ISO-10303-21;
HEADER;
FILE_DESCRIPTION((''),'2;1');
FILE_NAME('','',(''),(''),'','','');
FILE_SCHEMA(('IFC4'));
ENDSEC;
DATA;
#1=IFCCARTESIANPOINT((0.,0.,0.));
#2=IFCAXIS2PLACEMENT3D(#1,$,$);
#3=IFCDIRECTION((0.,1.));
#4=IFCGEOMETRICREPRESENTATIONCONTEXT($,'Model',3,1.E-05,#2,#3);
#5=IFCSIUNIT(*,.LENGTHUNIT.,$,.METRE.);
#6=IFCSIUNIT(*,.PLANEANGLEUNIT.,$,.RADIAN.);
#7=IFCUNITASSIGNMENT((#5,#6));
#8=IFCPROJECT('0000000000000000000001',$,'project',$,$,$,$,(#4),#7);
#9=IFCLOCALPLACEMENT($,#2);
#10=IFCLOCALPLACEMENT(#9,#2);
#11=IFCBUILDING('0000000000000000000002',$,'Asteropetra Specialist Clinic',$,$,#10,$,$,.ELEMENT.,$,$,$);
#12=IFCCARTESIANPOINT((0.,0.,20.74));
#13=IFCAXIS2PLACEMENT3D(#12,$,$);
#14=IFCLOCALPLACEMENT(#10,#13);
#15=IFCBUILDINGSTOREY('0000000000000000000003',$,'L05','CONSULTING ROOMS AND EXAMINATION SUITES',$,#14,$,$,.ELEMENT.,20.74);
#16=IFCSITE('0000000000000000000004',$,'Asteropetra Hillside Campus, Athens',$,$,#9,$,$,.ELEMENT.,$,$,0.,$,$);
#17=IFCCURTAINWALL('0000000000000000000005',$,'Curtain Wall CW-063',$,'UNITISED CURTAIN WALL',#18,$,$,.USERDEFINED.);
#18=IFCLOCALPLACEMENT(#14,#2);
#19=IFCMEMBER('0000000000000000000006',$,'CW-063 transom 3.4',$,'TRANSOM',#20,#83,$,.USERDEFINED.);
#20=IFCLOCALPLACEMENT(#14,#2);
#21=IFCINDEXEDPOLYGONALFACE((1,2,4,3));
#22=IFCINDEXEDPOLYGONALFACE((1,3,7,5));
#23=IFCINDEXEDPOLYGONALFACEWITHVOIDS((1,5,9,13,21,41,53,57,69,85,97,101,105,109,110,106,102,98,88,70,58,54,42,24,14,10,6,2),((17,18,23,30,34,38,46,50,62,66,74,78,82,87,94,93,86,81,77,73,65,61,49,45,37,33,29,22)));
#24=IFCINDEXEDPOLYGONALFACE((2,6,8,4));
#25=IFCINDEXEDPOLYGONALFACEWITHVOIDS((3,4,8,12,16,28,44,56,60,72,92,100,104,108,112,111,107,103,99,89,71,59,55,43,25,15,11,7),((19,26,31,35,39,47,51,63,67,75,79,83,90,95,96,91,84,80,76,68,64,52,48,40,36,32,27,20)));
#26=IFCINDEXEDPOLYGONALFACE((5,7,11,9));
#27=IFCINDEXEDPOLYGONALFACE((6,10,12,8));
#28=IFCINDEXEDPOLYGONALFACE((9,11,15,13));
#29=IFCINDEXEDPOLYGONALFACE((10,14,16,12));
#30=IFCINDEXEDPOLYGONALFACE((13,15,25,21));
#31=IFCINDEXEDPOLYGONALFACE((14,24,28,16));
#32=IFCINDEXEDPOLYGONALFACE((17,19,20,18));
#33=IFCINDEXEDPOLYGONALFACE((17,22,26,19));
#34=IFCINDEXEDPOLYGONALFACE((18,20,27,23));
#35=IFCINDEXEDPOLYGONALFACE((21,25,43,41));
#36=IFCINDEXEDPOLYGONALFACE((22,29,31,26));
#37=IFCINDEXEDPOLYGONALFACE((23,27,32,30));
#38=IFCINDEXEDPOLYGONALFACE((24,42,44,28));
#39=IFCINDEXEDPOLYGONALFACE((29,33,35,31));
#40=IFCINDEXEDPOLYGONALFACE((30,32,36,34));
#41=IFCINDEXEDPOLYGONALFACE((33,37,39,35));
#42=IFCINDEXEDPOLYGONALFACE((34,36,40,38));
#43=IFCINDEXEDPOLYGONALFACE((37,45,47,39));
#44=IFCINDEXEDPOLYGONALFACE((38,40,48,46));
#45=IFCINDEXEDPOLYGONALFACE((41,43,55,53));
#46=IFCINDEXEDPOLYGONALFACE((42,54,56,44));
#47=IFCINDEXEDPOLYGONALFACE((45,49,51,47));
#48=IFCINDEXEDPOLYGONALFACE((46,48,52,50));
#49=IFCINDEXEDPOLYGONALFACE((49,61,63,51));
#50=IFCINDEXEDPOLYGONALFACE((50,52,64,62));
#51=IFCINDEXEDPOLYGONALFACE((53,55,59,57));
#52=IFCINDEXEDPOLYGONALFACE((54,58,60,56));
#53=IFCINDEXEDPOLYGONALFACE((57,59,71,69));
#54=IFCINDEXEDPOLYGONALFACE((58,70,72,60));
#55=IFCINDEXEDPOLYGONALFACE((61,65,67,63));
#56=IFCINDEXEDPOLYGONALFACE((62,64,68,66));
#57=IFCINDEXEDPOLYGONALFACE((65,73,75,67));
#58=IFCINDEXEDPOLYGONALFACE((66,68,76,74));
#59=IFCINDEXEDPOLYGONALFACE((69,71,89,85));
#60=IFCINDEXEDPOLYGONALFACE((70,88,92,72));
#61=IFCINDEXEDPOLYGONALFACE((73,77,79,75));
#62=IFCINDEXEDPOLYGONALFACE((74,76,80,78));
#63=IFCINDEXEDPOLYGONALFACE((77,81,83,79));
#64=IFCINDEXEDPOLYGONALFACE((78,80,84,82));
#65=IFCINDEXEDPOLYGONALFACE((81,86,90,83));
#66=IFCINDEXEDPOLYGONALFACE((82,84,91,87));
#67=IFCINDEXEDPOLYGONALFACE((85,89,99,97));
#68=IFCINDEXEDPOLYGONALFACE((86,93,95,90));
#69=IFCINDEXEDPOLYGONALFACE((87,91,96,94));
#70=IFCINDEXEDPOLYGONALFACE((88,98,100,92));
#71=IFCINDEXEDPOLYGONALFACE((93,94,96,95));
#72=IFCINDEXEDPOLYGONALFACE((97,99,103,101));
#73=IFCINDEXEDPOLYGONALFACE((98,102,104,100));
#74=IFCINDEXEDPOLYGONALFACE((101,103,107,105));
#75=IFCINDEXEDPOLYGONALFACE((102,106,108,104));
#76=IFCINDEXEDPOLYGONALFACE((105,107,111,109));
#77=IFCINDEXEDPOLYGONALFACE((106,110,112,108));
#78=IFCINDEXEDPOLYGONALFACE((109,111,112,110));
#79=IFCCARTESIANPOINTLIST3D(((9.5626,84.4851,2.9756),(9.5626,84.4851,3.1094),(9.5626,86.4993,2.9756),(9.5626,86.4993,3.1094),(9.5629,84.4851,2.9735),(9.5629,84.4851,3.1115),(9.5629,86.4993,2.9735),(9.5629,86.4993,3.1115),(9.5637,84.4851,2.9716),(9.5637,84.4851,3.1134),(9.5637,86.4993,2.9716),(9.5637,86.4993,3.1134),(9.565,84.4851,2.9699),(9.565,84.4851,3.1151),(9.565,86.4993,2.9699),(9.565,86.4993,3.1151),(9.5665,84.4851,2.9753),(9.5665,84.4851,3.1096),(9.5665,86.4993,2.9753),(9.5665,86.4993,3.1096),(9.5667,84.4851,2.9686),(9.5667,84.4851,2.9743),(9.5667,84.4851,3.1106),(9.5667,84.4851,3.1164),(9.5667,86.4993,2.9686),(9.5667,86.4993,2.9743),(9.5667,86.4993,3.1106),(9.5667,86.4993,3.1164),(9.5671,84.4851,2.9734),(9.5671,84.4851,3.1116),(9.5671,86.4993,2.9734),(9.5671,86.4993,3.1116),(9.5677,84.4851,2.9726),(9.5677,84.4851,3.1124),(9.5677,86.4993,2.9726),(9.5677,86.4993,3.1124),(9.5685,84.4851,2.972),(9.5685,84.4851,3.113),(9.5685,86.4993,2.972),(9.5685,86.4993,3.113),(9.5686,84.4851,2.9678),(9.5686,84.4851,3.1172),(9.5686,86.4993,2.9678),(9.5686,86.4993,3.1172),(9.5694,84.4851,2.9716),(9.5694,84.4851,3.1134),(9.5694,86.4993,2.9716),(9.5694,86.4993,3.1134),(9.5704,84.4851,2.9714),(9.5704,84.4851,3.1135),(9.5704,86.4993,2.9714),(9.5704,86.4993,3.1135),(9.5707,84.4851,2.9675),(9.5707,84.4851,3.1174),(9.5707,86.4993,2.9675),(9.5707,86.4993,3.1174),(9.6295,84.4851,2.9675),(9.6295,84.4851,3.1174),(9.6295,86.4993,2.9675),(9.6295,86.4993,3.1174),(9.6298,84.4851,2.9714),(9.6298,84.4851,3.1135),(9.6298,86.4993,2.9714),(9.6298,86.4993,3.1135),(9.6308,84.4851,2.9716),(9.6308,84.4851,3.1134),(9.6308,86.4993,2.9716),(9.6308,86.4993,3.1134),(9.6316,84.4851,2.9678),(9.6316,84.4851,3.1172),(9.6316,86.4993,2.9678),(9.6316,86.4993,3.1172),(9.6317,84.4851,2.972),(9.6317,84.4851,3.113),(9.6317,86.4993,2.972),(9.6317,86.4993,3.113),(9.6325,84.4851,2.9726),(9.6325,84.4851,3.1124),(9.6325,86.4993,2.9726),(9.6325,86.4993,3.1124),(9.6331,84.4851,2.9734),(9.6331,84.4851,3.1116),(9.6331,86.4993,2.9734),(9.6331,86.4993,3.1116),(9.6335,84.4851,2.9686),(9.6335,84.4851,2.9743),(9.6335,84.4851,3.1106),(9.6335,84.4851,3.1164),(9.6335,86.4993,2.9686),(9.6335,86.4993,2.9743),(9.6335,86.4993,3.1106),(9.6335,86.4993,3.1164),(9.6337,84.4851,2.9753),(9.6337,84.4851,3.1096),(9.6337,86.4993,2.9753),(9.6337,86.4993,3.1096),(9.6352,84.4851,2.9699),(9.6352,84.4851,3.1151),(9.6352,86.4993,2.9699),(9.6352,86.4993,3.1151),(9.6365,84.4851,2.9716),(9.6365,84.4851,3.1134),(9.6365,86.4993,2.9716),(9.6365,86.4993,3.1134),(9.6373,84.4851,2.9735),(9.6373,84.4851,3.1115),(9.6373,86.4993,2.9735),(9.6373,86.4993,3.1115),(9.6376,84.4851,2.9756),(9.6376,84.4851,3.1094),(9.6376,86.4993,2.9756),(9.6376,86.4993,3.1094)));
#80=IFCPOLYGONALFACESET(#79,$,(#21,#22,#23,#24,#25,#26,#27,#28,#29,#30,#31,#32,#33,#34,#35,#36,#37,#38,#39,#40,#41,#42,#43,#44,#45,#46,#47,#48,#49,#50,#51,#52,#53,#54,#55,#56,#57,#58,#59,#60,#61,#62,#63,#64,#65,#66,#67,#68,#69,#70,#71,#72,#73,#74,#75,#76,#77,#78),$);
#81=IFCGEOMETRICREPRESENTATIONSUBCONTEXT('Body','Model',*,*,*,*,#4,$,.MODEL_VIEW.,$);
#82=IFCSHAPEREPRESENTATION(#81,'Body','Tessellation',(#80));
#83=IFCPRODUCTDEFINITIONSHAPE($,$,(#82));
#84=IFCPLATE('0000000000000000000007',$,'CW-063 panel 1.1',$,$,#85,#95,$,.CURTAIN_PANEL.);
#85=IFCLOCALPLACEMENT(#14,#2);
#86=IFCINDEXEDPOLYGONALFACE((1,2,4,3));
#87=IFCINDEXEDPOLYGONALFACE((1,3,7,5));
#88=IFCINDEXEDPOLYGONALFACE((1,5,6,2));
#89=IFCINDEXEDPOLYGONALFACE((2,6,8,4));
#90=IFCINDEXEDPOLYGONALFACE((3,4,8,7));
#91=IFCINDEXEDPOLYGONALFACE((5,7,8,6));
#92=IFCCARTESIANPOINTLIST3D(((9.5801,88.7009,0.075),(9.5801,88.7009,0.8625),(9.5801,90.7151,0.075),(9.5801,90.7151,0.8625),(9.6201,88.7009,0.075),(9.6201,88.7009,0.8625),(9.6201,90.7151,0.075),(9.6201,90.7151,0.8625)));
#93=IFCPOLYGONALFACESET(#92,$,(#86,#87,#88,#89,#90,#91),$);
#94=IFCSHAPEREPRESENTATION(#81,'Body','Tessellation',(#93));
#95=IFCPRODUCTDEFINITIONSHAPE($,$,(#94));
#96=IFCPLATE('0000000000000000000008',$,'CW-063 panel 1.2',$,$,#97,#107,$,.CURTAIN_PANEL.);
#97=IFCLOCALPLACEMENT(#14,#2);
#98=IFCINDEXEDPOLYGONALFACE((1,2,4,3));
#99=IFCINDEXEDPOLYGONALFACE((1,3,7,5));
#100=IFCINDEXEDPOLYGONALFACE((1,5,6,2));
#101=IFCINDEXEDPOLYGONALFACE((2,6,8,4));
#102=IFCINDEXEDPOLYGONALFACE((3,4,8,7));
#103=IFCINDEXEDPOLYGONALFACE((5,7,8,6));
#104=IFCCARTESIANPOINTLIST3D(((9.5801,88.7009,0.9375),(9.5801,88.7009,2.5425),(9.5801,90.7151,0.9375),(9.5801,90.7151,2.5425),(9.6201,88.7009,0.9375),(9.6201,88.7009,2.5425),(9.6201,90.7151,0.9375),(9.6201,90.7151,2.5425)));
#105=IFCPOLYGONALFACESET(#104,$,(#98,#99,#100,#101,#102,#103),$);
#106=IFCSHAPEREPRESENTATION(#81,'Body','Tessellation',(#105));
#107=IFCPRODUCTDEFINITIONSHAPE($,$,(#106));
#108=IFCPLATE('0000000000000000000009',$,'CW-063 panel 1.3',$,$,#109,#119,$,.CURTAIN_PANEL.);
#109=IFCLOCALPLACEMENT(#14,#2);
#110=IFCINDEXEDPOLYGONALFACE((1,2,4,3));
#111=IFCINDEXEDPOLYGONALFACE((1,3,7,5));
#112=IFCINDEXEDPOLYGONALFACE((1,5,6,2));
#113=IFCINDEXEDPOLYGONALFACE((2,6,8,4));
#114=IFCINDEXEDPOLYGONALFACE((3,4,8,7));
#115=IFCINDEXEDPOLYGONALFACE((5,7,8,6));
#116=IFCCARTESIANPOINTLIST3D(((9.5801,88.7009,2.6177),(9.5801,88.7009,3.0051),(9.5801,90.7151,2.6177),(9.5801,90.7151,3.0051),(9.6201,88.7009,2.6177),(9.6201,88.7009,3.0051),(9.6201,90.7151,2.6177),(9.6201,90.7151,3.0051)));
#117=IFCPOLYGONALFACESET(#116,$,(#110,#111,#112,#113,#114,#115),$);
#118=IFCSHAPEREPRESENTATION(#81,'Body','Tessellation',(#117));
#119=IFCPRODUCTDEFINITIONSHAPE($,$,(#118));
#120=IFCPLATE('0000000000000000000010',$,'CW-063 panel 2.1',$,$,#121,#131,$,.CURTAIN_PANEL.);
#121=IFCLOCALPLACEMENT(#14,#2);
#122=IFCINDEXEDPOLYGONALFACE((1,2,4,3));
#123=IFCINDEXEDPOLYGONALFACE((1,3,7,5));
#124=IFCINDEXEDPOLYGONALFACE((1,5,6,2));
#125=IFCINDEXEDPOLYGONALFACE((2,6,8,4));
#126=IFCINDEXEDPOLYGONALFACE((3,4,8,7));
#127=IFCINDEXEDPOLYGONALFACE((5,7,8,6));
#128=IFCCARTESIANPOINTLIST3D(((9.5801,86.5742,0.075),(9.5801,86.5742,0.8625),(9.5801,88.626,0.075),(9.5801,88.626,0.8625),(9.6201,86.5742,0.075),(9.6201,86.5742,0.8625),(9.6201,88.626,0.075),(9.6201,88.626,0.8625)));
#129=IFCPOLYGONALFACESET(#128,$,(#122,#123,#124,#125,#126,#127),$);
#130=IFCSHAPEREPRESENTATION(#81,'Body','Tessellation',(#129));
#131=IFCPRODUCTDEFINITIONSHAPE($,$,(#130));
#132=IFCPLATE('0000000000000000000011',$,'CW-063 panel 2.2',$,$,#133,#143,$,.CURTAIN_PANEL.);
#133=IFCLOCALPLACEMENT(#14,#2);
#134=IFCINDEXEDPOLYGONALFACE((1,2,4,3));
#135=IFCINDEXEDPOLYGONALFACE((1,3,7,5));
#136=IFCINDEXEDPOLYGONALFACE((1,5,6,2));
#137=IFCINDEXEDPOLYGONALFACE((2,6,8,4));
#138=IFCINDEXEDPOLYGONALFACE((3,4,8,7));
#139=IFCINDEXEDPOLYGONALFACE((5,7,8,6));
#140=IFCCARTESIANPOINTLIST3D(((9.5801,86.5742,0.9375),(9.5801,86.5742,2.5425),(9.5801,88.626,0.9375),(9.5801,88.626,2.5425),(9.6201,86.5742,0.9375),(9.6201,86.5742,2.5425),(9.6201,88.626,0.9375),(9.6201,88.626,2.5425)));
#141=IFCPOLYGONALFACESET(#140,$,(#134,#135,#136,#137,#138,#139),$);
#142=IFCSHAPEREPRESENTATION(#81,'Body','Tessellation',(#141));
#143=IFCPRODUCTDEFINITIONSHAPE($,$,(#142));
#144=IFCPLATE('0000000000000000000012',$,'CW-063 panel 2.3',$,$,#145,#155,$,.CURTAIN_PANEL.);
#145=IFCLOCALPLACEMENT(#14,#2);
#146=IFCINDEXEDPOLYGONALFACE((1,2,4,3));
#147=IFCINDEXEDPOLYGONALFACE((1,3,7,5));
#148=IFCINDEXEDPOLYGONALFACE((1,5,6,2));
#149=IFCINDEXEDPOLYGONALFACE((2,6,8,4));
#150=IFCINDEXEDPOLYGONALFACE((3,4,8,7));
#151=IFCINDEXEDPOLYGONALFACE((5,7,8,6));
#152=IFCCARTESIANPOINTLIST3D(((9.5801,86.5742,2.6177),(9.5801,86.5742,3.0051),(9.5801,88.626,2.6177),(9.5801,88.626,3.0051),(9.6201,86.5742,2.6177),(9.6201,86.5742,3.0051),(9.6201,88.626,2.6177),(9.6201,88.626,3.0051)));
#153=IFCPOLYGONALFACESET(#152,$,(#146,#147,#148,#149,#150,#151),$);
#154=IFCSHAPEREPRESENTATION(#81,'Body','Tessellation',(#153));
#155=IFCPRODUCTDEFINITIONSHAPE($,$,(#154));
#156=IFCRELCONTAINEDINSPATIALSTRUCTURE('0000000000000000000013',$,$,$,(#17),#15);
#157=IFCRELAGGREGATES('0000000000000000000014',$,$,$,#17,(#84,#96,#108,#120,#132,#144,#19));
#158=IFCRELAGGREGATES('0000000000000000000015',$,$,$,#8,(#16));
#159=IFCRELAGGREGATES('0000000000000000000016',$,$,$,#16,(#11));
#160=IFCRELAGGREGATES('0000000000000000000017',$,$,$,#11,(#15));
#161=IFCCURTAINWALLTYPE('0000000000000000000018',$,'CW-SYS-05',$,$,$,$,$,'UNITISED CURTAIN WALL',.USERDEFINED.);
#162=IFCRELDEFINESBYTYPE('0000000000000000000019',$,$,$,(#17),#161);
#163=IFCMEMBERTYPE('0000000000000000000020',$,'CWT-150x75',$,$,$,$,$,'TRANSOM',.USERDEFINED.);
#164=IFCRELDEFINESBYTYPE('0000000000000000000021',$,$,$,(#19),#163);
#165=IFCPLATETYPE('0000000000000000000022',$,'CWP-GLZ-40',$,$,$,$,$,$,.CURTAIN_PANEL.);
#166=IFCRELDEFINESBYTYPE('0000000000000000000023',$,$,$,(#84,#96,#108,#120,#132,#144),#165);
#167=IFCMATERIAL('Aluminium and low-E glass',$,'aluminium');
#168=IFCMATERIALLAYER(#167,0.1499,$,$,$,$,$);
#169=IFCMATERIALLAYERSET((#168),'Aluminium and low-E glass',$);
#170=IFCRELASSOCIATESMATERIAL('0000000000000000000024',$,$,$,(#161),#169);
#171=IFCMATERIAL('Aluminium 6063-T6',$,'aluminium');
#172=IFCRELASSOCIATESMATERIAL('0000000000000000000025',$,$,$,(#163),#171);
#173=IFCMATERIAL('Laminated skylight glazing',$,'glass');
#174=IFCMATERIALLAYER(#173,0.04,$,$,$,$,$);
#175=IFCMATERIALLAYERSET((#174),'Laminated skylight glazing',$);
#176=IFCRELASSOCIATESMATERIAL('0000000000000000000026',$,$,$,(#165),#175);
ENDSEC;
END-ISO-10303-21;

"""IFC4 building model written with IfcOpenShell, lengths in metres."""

from ifc_helpers import new_model, si_unit, direction, frame, origin, origin_2d, place, context, subcontext, project, spatial, rectangle, hollow_rectangle, extrude, material, layer, layer_set, material_profile, profile_set, type_object, element, aggregate, save


model = new_model("IFC4")

# Units and contexts
model_context = context("Model", 3, precision=1e-05, world=origin(), true_north=direction((0.0, 1.0)))
body_context = subcontext(model_context, "Body", "Model", "MODEL_VIEW")
ifc_project = project(units=[si_unit("LENGTHUNIT", "METRE"), si_unit("PLANEANGLEUNIT", "RADIAN")], contexts=[model_context])

# Site, building, storey
site_placement = place(None, origin())
site = spatial("IfcSite", under=ifc_project, at=site_placement, Name="Asteropetra Hillside Campus, Athens", CompositionType="ELEMENT", RefElevation=0.0)
building_placement = place(site_placement, origin())
building = spatial("IfcBuilding", under=site, at=building_placement, Name="Asteropetra Specialist Clinic", CompositionType="ELEMENT")
storey_placement = place(building_placement, frame((0.0, 0.0, 20.74)))
storey = spatial("IfcBuildingStorey", under=building, at=storey_placement, Name="L05", Description="CONSULTING ROOMS AND EXAMINATION SUITES", CompositionType="ELEMENT", Elevation=20.74)

# Curtain wall, member, plates
ifc_material_1 = material(Name="Aluminium and low-E glass", Category="aluminium")
ifc_layer_1 = layer(ifc_material_1, 0.1499)
ifc_layer_set_1 = layer_set([ifc_layer_1], Name="Aluminium and low-E glass")
curtain_wall_type = type_object("IfcCurtainWallType", Name="CW-SYS-05", ElementType="UNITISED CURTAIN WALL", PredefinedType="USERDEFINED", material=ifc_layer_set_1)
curtain_wall_placement = place(storey_placement, origin())
curtain_wall = element("IfcCurtainWall", 1, at=curtain_wall_placement, inside=storey, type_object=curtain_wall_type, Name="Curtain Wall CW-063", ObjectType="UNITISED CURTAIN WALL", PredefinedType="USERDEFINED")
ifc_material_2 = material(Name="Aluminium 6063-T6", Category="aluminium")
ifc_material_profile_1 = material_profile(ifc_material_2, hollow_rectangle(XDim=0.075, YDim=0.1499, WallThickness=0.0039, InnerFilletRadius=0.0039, OuterFilletRadius=0.0081, at=origin_2d()), Name="TRN 150x75x4.0")
ifc_profile_set_1 = profile_set([ifc_material_profile_1], Name="Aluminium 6063-T6")
member_type_1 = type_object("IfcMemberType", Name="CWT-150x75", ElementType="TRANSOM", PredefinedType="USERDEFINED", material=ifc_profile_set_1)
member_1_placement = place(storey_placement, frame((9.6001, 86.4993, 3.0425), z_axis=(0.0, -1.0, 0.0), x_axis=(1.0, 0.0, 0.0)))
member_1 = element("IfcMember", 2, at=member_1_placement, type_object=member_type_1, Name="CW-063 transom 3.4", ObjectType="TRANSOM", PredefinedType="USERDEFINED", context=body_context, shape_type="SweptSolid", body=[
    extrude(hollow_rectangle(XDim=0.075, YDim=0.1499, WallThickness=0.0039, InnerFilletRadius=0.0039, OuterFilletRadius=0.0081, at=origin_2d()), origin(), (0.0, 0.0, 1.0), 2.0142),
])
ifc_material_3 = material(Name="Laminated skylight glazing", Category="glass")
ifc_layer_2 = layer(ifc_material_3, 0.04)
ifc_layer_set_2 = layer_set([ifc_layer_2], Name="Laminated skylight glazing")
plate_type = type_object("IfcPlateType", Name="CWP-GLZ-40", PredefinedType="CURTAIN_PANEL", material=ifc_layer_set_2)
plate_1_placement = place(storey_placement, frame((9.6001, 89.708, 0.075), z_axis=(0.0, 0.0, 1.0), x_axis=(0.0, -1.0, 0.0)))
plate_1 = element("IfcPlate", 3, at=plate_1_placement, type_object=plate_type, Name="CW-063 panel 1.1", PredefinedType="CURTAIN_PANEL", context=body_context, shape_type="SweptSolid", body=[
    extrude(rectangle(XDim=2.0142, YDim=0.04, at=origin_2d()), origin(), (0.0, 0.0, 1.0), 0.7876),
])
plate_2_placement = place(storey_placement, frame((9.6001, 89.708, 0.9375), z_axis=(0.0, 0.0, 1.0), x_axis=(0.0, -1.0, 0.0)))
plate_2 = element("IfcPlate", 4, at=plate_2_placement, type_object=plate_type, Name="CW-063 panel 1.2", PredefinedType="CURTAIN_PANEL", context=body_context, shape_type="SweptSolid", body=[
    extrude(rectangle(XDim=2.0142, YDim=0.04, at=origin_2d()), origin(), (0.0, 0.0, 1.0), 1.605),
])
plate_3_placement = place(storey_placement, frame((9.6001, 89.708, 2.6177), z_axis=(0.0, 0.0, 1.0), x_axis=(0.0, -1.0, 0.0)))
plate_3 = element("IfcPlate", 5, at=plate_3_placement, type_object=plate_type, Name="CW-063 panel 1.3", PredefinedType="CURTAIN_PANEL", context=body_context, shape_type="SweptSolid", body=[
    extrude(rectangle(XDim=2.0142, YDim=0.04, at=origin_2d()), origin(), (0.0, 0.0, 1.0), 0.3875),
])
plate_4_placement = place(storey_placement, frame((9.6001, 87.6001, 0.075), z_axis=(0.0, 0.0, 1.0), x_axis=(0.0, -1.0, 0.0)))
plate_4 = element("IfcPlate", 6, at=plate_4_placement, type_object=plate_type, Name="CW-063 panel 2.1", PredefinedType="CURTAIN_PANEL", context=body_context, shape_type="SweptSolid", body=[
    extrude(rectangle(XDim=2.0518, YDim=0.04, at=origin_2d()), origin(), (0.0, 0.0, 1.0), 0.7876),
])
plate_5_placement = place(storey_placement, frame((9.6001, 87.6001, 0.9375), z_axis=(0.0, 0.0, 1.0), x_axis=(0.0, -1.0, 0.0)))
plate_5 = element("IfcPlate", 7, at=plate_5_placement, type_object=plate_type, Name="CW-063 panel 2.2", PredefinedType="CURTAIN_PANEL", context=body_context, shape_type="SweptSolid", body=[
    extrude(rectangle(XDim=2.0518, YDim=0.04, at=origin_2d()), origin(), (0.0, 0.0, 1.0), 1.605),
])
plate_6_placement = place(storey_placement, frame((9.6001, 87.6001, 2.6177), z_axis=(0.0, 0.0, 1.0), x_axis=(0.0, -1.0, 0.0)))
plate_6 = element("IfcPlate", 8, at=plate_6_placement, type_object=plate_type, Name="CW-063 panel 2.3", PredefinedType="CURTAIN_PANEL", context=body_context, shape_type="SweptSolid", body=[
    extrude(rectangle(XDim=2.0518, YDim=0.04, at=origin_2d()), origin(), (0.0, 0.0, 1.0), 0.3875),
])
aggregate(curtain_wall, [plate_1, plate_2, plate_3, plate_4, plate_5, plate_6, member_1])

save(model, "model.ifc")
